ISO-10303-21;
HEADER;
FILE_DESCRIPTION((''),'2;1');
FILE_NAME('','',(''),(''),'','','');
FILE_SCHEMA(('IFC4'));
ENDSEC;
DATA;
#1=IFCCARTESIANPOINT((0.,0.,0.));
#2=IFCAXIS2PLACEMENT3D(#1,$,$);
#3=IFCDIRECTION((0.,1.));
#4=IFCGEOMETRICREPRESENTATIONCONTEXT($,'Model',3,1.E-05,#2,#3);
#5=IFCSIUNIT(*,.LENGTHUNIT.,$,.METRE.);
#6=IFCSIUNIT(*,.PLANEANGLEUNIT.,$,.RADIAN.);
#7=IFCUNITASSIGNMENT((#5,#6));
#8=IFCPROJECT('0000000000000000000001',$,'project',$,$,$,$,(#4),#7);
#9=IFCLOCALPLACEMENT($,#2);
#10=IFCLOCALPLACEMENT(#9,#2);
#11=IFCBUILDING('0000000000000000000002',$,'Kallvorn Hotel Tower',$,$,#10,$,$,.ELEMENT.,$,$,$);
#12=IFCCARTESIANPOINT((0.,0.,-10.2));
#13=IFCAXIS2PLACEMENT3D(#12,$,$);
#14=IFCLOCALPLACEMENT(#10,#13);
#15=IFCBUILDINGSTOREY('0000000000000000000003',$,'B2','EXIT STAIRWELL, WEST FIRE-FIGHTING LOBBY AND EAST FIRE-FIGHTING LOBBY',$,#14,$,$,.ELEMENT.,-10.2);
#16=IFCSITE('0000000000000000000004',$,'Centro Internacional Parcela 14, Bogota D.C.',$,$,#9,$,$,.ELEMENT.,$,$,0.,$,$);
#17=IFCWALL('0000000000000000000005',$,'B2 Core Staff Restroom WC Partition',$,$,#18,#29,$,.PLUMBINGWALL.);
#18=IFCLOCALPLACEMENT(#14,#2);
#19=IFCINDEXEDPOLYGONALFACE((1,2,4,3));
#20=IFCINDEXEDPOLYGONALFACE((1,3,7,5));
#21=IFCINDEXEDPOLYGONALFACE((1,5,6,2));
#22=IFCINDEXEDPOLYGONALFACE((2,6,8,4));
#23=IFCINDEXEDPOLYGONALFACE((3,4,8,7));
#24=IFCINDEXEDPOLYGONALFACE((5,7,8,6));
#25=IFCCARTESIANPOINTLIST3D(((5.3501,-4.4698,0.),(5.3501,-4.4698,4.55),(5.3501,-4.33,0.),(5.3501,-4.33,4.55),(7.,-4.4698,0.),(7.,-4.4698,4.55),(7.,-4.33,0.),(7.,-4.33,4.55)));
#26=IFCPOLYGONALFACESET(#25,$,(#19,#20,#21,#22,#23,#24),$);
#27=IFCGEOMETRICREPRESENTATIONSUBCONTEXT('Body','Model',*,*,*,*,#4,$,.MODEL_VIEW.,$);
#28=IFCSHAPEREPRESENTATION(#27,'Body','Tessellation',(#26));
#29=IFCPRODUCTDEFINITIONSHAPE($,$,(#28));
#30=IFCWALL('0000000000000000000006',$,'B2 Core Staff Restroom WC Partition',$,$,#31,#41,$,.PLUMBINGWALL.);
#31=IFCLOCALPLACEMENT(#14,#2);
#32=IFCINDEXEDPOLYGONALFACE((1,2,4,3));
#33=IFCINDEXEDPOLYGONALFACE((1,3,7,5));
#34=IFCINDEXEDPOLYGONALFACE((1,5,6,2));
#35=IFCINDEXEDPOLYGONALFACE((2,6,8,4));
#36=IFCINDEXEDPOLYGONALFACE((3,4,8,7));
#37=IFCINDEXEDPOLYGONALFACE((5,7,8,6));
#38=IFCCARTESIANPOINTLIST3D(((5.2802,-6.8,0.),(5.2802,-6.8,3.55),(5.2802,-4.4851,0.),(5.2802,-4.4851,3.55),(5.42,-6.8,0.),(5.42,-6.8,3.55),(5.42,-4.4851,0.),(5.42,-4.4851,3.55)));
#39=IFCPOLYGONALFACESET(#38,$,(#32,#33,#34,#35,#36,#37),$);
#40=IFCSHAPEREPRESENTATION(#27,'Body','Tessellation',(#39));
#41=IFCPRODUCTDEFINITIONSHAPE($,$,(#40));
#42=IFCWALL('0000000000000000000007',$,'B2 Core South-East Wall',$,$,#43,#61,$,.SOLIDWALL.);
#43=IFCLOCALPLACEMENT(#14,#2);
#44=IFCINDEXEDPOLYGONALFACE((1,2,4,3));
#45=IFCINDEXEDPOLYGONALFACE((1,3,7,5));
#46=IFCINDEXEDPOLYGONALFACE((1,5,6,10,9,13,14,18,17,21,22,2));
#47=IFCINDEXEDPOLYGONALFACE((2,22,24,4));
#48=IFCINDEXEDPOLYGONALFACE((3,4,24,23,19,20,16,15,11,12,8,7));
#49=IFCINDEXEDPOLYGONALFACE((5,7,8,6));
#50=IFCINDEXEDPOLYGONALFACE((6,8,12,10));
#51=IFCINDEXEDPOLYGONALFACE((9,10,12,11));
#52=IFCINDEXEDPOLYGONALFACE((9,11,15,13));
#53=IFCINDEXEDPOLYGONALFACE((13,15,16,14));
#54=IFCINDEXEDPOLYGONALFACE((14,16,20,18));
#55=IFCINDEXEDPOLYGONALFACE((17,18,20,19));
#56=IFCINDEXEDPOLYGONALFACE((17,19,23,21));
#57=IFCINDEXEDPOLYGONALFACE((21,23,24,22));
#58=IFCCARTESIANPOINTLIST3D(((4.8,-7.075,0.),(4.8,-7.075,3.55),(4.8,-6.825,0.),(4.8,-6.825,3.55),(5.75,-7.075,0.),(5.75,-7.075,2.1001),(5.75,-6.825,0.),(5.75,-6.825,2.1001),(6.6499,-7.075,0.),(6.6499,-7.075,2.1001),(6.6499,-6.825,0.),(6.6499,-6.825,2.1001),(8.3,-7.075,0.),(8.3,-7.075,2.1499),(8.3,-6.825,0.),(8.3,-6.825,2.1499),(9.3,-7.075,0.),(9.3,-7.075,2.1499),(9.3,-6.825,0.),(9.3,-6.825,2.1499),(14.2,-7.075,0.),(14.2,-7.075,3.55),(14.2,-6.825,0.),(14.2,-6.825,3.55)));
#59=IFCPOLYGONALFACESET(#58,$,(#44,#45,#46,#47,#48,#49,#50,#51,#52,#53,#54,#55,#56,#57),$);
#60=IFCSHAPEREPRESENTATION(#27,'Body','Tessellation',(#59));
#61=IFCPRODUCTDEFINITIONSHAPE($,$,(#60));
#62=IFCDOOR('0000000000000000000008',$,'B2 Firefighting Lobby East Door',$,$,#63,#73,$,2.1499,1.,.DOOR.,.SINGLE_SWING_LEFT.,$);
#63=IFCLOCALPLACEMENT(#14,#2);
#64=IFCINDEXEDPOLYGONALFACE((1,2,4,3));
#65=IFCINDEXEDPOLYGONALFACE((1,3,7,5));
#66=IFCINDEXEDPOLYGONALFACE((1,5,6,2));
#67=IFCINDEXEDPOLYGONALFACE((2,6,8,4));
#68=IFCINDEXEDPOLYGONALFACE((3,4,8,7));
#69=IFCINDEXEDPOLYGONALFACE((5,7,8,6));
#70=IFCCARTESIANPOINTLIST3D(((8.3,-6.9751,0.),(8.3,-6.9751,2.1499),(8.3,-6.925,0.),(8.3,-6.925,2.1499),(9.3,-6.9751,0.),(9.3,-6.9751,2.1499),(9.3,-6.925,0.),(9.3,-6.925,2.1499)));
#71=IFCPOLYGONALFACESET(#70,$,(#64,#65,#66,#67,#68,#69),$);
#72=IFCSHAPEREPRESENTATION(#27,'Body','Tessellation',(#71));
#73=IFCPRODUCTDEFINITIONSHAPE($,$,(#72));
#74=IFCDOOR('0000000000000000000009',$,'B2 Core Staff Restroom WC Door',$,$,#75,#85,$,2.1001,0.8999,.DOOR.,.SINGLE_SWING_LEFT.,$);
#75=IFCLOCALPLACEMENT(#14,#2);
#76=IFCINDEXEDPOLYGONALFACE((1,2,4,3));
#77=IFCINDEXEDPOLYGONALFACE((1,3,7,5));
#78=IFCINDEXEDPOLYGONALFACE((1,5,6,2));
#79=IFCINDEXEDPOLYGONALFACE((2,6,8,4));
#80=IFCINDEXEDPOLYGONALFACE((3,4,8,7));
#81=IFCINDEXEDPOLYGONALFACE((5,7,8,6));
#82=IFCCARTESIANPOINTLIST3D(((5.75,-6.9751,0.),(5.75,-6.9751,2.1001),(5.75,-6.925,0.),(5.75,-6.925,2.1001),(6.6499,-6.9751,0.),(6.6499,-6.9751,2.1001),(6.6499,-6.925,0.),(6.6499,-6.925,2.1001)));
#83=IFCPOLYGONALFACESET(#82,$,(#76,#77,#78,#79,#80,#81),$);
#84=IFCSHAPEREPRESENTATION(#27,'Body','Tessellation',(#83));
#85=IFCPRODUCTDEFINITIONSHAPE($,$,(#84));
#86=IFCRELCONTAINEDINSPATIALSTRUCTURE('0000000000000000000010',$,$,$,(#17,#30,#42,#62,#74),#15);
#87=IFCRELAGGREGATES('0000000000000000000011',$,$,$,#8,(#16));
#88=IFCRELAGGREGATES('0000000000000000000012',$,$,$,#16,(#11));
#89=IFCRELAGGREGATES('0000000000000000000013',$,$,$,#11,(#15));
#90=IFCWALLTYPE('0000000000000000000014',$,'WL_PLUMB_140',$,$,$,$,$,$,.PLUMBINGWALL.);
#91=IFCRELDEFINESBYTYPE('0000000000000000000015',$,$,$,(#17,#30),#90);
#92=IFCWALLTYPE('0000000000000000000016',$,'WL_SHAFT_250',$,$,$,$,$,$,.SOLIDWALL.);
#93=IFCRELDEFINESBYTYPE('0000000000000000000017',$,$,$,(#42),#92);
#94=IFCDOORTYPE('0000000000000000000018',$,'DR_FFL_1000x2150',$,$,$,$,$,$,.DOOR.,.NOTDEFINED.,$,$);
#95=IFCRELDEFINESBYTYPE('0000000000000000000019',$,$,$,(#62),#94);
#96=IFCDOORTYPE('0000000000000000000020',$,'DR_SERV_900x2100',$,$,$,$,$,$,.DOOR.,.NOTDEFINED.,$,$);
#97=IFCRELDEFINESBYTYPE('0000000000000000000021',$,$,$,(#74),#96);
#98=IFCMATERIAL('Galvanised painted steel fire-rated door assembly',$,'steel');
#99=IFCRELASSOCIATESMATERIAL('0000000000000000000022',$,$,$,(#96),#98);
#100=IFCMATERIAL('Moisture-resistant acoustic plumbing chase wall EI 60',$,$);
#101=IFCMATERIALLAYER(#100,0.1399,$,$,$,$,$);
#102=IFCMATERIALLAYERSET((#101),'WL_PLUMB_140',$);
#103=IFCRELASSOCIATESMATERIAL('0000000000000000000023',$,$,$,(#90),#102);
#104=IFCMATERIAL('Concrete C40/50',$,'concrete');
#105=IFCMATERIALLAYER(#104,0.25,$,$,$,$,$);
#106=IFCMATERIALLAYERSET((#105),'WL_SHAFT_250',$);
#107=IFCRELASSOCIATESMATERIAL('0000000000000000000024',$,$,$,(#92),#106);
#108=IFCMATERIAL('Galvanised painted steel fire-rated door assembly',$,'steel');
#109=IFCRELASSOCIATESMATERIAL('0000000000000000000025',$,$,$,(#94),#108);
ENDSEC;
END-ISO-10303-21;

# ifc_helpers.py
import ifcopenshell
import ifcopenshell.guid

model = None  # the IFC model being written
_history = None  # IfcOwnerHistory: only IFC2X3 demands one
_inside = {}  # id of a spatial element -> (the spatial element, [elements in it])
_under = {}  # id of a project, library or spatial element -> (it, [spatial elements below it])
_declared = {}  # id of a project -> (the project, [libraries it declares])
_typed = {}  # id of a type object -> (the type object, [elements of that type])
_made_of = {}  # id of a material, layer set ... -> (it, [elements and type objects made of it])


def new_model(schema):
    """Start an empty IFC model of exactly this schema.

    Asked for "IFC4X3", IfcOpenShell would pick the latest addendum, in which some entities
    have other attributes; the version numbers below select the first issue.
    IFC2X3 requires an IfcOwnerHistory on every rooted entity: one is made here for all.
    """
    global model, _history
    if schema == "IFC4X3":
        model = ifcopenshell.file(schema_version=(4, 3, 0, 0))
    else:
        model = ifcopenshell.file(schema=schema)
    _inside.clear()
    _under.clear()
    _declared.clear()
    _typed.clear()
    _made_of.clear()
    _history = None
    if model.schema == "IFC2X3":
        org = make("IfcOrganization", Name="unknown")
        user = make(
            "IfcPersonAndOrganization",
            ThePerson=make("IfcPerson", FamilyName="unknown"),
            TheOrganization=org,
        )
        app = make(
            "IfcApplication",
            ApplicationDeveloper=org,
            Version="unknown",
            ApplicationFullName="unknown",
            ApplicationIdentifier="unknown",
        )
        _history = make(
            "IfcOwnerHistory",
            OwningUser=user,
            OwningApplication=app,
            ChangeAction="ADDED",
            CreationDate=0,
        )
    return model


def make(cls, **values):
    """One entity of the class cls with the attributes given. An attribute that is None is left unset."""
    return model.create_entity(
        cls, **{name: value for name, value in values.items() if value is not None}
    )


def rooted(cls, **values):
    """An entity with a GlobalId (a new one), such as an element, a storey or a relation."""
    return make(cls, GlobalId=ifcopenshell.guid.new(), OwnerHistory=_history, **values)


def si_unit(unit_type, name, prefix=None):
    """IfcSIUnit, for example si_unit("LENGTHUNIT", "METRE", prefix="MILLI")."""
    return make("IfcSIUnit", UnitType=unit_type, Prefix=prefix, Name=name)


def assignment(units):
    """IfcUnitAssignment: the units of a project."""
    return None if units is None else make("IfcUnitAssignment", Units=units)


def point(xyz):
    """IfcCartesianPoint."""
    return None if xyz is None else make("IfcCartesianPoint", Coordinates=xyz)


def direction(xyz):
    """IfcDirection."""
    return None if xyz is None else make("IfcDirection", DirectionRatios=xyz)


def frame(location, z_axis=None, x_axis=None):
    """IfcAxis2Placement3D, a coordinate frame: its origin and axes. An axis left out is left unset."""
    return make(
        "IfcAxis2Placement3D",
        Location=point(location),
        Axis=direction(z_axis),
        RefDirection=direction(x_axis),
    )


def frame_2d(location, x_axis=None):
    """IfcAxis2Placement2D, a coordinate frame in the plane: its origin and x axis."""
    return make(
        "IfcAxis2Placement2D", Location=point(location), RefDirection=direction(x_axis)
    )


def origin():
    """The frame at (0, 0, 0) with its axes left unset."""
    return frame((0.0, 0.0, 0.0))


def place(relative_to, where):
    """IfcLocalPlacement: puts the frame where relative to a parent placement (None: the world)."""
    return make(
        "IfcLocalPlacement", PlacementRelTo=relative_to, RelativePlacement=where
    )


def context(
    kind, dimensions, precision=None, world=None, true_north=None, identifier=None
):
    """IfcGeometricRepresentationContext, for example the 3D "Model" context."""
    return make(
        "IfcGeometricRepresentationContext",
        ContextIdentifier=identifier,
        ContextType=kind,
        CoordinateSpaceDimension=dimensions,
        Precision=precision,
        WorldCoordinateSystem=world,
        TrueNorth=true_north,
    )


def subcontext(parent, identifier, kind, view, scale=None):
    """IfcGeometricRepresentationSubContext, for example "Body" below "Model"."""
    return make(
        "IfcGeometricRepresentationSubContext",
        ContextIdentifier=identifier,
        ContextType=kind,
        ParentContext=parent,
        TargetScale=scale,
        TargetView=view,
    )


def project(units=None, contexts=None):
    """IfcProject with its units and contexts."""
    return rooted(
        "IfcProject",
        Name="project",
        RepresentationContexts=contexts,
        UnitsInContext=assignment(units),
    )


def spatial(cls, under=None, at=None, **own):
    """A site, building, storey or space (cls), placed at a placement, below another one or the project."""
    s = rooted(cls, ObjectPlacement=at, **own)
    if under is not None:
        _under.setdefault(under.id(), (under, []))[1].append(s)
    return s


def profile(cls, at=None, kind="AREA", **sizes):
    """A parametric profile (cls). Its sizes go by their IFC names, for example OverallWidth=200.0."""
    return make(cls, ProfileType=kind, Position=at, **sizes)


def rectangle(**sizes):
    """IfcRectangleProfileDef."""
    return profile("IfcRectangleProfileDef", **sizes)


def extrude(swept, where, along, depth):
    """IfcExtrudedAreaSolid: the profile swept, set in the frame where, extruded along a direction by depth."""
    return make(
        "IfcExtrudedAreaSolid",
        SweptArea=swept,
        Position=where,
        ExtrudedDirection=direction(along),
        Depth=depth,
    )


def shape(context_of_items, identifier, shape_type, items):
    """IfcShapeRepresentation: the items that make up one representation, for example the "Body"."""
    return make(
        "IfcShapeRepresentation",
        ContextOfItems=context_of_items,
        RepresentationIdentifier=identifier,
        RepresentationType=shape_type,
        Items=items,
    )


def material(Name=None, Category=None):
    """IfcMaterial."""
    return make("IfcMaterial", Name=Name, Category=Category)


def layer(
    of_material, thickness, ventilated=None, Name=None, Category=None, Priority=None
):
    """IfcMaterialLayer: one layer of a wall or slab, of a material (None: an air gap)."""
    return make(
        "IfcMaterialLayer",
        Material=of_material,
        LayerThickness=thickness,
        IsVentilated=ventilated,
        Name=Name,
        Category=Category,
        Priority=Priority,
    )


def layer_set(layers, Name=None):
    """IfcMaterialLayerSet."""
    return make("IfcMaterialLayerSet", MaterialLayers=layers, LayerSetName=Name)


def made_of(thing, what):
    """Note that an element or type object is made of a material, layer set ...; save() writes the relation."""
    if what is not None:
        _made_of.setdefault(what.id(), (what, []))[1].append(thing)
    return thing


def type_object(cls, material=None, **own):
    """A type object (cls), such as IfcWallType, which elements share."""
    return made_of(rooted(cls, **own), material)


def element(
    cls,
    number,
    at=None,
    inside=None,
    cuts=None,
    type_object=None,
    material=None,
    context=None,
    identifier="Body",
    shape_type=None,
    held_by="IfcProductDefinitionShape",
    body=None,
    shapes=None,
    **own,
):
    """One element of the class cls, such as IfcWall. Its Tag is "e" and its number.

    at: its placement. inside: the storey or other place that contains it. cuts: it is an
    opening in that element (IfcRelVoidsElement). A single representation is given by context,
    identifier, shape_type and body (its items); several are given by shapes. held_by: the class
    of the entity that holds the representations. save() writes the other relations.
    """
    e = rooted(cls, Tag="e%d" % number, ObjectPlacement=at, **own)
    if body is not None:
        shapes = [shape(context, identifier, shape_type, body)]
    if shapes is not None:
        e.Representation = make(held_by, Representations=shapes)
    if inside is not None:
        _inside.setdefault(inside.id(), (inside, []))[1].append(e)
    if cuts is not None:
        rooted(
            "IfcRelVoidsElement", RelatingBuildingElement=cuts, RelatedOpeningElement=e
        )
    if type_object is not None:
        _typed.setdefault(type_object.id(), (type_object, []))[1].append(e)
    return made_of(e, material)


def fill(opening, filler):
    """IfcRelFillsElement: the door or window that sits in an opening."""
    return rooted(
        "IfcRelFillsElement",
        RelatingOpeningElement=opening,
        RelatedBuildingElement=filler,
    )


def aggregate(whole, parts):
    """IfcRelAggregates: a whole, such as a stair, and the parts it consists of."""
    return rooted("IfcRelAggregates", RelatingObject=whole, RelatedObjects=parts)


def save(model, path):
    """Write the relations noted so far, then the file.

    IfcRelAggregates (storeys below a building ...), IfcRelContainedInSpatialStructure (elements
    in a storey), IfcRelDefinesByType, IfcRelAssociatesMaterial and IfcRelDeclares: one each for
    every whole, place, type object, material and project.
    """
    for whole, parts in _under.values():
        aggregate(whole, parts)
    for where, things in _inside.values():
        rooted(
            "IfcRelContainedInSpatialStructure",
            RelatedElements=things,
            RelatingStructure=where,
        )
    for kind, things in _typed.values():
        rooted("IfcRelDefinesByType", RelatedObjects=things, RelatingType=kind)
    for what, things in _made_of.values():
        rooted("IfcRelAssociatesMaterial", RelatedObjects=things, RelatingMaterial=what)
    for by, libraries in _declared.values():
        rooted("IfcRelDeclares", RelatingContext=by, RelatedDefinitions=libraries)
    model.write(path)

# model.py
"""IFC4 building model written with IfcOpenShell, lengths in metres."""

from ifc_helpers import new_model, si_unit, direction, frame, frame_2d, origin, place, context, subcontext, project, spatial, rectangle, extrude, material, layer, layer_set, type_object, element, fill, save


model = new_model("IFC4")

# Units and contexts
model_context = context("Model", 3, precision=1e-05, world=origin(), true_north=direction((0.0, 1.0)))
body_context = subcontext(model_context, "Body", "Model", "MODEL_VIEW")
ifc_project = project(units=[si_unit("LENGTHUNIT", "METRE"), si_unit("PLANEANGLEUNIT", "RADIAN")], contexts=[model_context])

# Site, building, storey
site_placement = place(None, origin())
site = spatial("IfcSite", under=ifc_project, at=site_placement, Name="Centro Internacional Parcela 14, Bogota D.C.", CompositionType="ELEMENT", RefElevation=0.0)
building_placement = place(site_placement, origin())
building = spatial("IfcBuilding", under=site, at=building_placement, Name="Kallvorn Hotel Tower", CompositionType="ELEMENT")
storey_placement = place(building_placement, frame((0.0, 0.0, -10.2)))
storey = spatial("IfcBuildingStorey", under=building, at=storey_placement, Name="B2", Description="EXIT STAIRWELL, WEST FIRE-FIGHTING LOBBY AND EAST FIRE-FIGHTING LOBBY", CompositionType="ELEMENT", Elevation=-10.2)

# Shared definitions
ifc_material_1 = material(Name="Galvanised painted steel fire-rated door assembly", Category="steel")
door_type_1 = type_object("IfcDoorType", Name="DR_SERV_900x2100", OperationType="NOTDEFINED", PredefinedType="DOOR", material=ifc_material_1)

# Walls
ifc_material_2 = material(Name="Moisture-resistant acoustic plumbing chase wall EI 60")
ifc_layer_1 = layer(ifc_material_2, 0.1399)
ifc_layer_set_1 = layer_set([ifc_layer_1], Name="WL_PLUMB_140")
wall_type_1 = type_object("IfcWallType", Name="WL_PLUMB_140", PredefinedType="PLUMBINGWALL", material=ifc_layer_set_1)
wall_1_placement = place(storey_placement, frame((5.3501, -4.3999, 0.0), z_axis=(0.0, 0.0, 1.0), x_axis=(1.0, 0.0, 0.0)))
element("IfcWall", 1, at=wall_1_placement, inside=storey, type_object=wall_type_1, Name="B2 Core Staff Restroom WC Partition", PredefinedType="PLUMBINGWALL", context=body_context, shape_type="SweptSolid", body=[
    extrude(rectangle(XDim=1.6499, YDim=0.1399, at=frame_2d((0.825, 0.0))), origin(), (0.0, 0.0, 1.0), 4.55),
])
wall_2_placement = place(storey_placement, frame((5.3501, -6.8, 0.0), z_axis=(0.0, 0.0, 1.0), x_axis=(0.0, 1.0, 0.0)))
element("IfcWall", 2, at=wall_2_placement, inside=storey, type_object=wall_type_1, Name="B2 Core Staff Restroom WC Partition", PredefinedType="PLUMBINGWALL", context=body_context, shape_type="SweptSolid", body=[
    extrude(rectangle(XDim=2.3149, YDim=0.1399, at=frame_2d((1.1575, 0.0))), origin(), (0.0, 0.0, 1.0), 3.55),
])

# Wall, openings, doors
ifc_material_3 = material(Name="Concrete C40/50", Category="concrete")
ifc_layer_2 = layer(ifc_material_3, 0.25)
ifc_layer_set_2 = layer_set([ifc_layer_2], Name="WL_SHAFT_250")
wall_type_2 = type_object("IfcWallType", Name="WL_SHAFT_250", PredefinedType="SOLIDWALL", material=ifc_layer_set_2)
wall_3_placement = place(storey_placement, frame((4.8, -6.95, 0.0), z_axis=(0.0, 0.0, 1.0), x_axis=(1.0, 0.0, 0.0)))
wall_3 = element("IfcWall", 3, at=wall_3_placement, inside=storey, type_object=wall_type_2, Name="B2 Core South-East Wall", PredefinedType="SOLIDWALL", context=body_context, shape_type="SweptSolid", body=[
    extrude(rectangle(XDim=9.3999, YDim=0.25, at=frame_2d((4.7, 0.0))), origin(), (0.0, 0.0, 1.0), 3.55),
])
opening_1_placement = place(wall_3_placement, frame((3.5, 0.0, 0.0)))
opening_1 = element("IfcOpeningElement", 4, at=opening_1_placement, cuts=wall_3, PredefinedType="OPENING", context=body_context, shape_type="SweptSolid", body=[
    extrude(rectangle(XDim=1.0, YDim=2.1499, at=frame_2d((0.5, 1.075))), frame((0.0, 0.1399, 0.0), z_axis=(0.0, -1.0, 0.0), x_axis=(1.0, 0.0, 0.0)), (0.0, 0.0, 1.0), 0.28),
])
opening_2_placement = place(wall_3_placement, frame((0.95, 0.0, 0.0)))
opening_2 = element("IfcOpeningElement", 5, at=opening_2_placement, cuts=wall_3, PredefinedType="OPENING", context=body_context, shape_type="SweptSolid", body=[
    extrude(rectangle(XDim=0.8999, YDim=2.1001, at=frame_2d((0.45, 1.05))), frame((0.0, 0.1399, 0.0), z_axis=(0.0, -1.0, 0.0), x_axis=(1.0, 0.0, 0.0)), (0.0, 0.0, 1.0), 0.28),
])
ifc_material_4 = material(Name="Galvanised painted steel fire-rated door assembly", Category="steel")
door_type_2 = type_object("IfcDoorType", Name="DR_FFL_1000x2150", OperationType="NOTDEFINED", PredefinedType="DOOR", material=ifc_material_4)
door_1_placement = place(opening_1_placement, origin())
door_1 = element("IfcDoor", 6, at=door_1_placement, inside=storey, type_object=door_type_2, Name="B2 Firefighting Lobby East Door", OperationType="SINGLE_SWING_LEFT", OverallHeight=2.1499, OverallWidth=1.0, PredefinedType="DOOR", context=body_context, shape_type="SweptSolid", body=[
    extrude(rectangle(XDim=1.0, YDim=2.1499, at=frame_2d((0.5, 1.075))), frame((0.0, 0.0249, 0.0), z_axis=(0.0, -1.0, 0.0), x_axis=(1.0, 0.0, 0.0)), (0.0, 0.0, 1.0), 0.05),
])
fill(opening_1, door_1)
door_2_placement = place(opening_2_placement, origin())
door_2 = element("IfcDoor", 7, at=door_2_placement, inside=storey, type_object=door_type_1, Name="B2 Core Staff Restroom WC Door", OperationType="SINGLE_SWING_LEFT", OverallHeight=2.1001, OverallWidth=0.8999, PredefinedType="DOOR", context=body_context, shape_type="SweptSolid", body=[
    extrude(rectangle(XDim=0.8999, YDim=2.1001, at=frame_2d((0.45, 1.05))), frame((0.0, 0.0249, 0.0), z_axis=(0.0, -1.0, 0.0), x_axis=(1.0, 0.0, 0.0)), (0.0, 0.0, 1.0), 0.05),
])
fill(opening_2, door_2)

save(model, "model.ifc")
